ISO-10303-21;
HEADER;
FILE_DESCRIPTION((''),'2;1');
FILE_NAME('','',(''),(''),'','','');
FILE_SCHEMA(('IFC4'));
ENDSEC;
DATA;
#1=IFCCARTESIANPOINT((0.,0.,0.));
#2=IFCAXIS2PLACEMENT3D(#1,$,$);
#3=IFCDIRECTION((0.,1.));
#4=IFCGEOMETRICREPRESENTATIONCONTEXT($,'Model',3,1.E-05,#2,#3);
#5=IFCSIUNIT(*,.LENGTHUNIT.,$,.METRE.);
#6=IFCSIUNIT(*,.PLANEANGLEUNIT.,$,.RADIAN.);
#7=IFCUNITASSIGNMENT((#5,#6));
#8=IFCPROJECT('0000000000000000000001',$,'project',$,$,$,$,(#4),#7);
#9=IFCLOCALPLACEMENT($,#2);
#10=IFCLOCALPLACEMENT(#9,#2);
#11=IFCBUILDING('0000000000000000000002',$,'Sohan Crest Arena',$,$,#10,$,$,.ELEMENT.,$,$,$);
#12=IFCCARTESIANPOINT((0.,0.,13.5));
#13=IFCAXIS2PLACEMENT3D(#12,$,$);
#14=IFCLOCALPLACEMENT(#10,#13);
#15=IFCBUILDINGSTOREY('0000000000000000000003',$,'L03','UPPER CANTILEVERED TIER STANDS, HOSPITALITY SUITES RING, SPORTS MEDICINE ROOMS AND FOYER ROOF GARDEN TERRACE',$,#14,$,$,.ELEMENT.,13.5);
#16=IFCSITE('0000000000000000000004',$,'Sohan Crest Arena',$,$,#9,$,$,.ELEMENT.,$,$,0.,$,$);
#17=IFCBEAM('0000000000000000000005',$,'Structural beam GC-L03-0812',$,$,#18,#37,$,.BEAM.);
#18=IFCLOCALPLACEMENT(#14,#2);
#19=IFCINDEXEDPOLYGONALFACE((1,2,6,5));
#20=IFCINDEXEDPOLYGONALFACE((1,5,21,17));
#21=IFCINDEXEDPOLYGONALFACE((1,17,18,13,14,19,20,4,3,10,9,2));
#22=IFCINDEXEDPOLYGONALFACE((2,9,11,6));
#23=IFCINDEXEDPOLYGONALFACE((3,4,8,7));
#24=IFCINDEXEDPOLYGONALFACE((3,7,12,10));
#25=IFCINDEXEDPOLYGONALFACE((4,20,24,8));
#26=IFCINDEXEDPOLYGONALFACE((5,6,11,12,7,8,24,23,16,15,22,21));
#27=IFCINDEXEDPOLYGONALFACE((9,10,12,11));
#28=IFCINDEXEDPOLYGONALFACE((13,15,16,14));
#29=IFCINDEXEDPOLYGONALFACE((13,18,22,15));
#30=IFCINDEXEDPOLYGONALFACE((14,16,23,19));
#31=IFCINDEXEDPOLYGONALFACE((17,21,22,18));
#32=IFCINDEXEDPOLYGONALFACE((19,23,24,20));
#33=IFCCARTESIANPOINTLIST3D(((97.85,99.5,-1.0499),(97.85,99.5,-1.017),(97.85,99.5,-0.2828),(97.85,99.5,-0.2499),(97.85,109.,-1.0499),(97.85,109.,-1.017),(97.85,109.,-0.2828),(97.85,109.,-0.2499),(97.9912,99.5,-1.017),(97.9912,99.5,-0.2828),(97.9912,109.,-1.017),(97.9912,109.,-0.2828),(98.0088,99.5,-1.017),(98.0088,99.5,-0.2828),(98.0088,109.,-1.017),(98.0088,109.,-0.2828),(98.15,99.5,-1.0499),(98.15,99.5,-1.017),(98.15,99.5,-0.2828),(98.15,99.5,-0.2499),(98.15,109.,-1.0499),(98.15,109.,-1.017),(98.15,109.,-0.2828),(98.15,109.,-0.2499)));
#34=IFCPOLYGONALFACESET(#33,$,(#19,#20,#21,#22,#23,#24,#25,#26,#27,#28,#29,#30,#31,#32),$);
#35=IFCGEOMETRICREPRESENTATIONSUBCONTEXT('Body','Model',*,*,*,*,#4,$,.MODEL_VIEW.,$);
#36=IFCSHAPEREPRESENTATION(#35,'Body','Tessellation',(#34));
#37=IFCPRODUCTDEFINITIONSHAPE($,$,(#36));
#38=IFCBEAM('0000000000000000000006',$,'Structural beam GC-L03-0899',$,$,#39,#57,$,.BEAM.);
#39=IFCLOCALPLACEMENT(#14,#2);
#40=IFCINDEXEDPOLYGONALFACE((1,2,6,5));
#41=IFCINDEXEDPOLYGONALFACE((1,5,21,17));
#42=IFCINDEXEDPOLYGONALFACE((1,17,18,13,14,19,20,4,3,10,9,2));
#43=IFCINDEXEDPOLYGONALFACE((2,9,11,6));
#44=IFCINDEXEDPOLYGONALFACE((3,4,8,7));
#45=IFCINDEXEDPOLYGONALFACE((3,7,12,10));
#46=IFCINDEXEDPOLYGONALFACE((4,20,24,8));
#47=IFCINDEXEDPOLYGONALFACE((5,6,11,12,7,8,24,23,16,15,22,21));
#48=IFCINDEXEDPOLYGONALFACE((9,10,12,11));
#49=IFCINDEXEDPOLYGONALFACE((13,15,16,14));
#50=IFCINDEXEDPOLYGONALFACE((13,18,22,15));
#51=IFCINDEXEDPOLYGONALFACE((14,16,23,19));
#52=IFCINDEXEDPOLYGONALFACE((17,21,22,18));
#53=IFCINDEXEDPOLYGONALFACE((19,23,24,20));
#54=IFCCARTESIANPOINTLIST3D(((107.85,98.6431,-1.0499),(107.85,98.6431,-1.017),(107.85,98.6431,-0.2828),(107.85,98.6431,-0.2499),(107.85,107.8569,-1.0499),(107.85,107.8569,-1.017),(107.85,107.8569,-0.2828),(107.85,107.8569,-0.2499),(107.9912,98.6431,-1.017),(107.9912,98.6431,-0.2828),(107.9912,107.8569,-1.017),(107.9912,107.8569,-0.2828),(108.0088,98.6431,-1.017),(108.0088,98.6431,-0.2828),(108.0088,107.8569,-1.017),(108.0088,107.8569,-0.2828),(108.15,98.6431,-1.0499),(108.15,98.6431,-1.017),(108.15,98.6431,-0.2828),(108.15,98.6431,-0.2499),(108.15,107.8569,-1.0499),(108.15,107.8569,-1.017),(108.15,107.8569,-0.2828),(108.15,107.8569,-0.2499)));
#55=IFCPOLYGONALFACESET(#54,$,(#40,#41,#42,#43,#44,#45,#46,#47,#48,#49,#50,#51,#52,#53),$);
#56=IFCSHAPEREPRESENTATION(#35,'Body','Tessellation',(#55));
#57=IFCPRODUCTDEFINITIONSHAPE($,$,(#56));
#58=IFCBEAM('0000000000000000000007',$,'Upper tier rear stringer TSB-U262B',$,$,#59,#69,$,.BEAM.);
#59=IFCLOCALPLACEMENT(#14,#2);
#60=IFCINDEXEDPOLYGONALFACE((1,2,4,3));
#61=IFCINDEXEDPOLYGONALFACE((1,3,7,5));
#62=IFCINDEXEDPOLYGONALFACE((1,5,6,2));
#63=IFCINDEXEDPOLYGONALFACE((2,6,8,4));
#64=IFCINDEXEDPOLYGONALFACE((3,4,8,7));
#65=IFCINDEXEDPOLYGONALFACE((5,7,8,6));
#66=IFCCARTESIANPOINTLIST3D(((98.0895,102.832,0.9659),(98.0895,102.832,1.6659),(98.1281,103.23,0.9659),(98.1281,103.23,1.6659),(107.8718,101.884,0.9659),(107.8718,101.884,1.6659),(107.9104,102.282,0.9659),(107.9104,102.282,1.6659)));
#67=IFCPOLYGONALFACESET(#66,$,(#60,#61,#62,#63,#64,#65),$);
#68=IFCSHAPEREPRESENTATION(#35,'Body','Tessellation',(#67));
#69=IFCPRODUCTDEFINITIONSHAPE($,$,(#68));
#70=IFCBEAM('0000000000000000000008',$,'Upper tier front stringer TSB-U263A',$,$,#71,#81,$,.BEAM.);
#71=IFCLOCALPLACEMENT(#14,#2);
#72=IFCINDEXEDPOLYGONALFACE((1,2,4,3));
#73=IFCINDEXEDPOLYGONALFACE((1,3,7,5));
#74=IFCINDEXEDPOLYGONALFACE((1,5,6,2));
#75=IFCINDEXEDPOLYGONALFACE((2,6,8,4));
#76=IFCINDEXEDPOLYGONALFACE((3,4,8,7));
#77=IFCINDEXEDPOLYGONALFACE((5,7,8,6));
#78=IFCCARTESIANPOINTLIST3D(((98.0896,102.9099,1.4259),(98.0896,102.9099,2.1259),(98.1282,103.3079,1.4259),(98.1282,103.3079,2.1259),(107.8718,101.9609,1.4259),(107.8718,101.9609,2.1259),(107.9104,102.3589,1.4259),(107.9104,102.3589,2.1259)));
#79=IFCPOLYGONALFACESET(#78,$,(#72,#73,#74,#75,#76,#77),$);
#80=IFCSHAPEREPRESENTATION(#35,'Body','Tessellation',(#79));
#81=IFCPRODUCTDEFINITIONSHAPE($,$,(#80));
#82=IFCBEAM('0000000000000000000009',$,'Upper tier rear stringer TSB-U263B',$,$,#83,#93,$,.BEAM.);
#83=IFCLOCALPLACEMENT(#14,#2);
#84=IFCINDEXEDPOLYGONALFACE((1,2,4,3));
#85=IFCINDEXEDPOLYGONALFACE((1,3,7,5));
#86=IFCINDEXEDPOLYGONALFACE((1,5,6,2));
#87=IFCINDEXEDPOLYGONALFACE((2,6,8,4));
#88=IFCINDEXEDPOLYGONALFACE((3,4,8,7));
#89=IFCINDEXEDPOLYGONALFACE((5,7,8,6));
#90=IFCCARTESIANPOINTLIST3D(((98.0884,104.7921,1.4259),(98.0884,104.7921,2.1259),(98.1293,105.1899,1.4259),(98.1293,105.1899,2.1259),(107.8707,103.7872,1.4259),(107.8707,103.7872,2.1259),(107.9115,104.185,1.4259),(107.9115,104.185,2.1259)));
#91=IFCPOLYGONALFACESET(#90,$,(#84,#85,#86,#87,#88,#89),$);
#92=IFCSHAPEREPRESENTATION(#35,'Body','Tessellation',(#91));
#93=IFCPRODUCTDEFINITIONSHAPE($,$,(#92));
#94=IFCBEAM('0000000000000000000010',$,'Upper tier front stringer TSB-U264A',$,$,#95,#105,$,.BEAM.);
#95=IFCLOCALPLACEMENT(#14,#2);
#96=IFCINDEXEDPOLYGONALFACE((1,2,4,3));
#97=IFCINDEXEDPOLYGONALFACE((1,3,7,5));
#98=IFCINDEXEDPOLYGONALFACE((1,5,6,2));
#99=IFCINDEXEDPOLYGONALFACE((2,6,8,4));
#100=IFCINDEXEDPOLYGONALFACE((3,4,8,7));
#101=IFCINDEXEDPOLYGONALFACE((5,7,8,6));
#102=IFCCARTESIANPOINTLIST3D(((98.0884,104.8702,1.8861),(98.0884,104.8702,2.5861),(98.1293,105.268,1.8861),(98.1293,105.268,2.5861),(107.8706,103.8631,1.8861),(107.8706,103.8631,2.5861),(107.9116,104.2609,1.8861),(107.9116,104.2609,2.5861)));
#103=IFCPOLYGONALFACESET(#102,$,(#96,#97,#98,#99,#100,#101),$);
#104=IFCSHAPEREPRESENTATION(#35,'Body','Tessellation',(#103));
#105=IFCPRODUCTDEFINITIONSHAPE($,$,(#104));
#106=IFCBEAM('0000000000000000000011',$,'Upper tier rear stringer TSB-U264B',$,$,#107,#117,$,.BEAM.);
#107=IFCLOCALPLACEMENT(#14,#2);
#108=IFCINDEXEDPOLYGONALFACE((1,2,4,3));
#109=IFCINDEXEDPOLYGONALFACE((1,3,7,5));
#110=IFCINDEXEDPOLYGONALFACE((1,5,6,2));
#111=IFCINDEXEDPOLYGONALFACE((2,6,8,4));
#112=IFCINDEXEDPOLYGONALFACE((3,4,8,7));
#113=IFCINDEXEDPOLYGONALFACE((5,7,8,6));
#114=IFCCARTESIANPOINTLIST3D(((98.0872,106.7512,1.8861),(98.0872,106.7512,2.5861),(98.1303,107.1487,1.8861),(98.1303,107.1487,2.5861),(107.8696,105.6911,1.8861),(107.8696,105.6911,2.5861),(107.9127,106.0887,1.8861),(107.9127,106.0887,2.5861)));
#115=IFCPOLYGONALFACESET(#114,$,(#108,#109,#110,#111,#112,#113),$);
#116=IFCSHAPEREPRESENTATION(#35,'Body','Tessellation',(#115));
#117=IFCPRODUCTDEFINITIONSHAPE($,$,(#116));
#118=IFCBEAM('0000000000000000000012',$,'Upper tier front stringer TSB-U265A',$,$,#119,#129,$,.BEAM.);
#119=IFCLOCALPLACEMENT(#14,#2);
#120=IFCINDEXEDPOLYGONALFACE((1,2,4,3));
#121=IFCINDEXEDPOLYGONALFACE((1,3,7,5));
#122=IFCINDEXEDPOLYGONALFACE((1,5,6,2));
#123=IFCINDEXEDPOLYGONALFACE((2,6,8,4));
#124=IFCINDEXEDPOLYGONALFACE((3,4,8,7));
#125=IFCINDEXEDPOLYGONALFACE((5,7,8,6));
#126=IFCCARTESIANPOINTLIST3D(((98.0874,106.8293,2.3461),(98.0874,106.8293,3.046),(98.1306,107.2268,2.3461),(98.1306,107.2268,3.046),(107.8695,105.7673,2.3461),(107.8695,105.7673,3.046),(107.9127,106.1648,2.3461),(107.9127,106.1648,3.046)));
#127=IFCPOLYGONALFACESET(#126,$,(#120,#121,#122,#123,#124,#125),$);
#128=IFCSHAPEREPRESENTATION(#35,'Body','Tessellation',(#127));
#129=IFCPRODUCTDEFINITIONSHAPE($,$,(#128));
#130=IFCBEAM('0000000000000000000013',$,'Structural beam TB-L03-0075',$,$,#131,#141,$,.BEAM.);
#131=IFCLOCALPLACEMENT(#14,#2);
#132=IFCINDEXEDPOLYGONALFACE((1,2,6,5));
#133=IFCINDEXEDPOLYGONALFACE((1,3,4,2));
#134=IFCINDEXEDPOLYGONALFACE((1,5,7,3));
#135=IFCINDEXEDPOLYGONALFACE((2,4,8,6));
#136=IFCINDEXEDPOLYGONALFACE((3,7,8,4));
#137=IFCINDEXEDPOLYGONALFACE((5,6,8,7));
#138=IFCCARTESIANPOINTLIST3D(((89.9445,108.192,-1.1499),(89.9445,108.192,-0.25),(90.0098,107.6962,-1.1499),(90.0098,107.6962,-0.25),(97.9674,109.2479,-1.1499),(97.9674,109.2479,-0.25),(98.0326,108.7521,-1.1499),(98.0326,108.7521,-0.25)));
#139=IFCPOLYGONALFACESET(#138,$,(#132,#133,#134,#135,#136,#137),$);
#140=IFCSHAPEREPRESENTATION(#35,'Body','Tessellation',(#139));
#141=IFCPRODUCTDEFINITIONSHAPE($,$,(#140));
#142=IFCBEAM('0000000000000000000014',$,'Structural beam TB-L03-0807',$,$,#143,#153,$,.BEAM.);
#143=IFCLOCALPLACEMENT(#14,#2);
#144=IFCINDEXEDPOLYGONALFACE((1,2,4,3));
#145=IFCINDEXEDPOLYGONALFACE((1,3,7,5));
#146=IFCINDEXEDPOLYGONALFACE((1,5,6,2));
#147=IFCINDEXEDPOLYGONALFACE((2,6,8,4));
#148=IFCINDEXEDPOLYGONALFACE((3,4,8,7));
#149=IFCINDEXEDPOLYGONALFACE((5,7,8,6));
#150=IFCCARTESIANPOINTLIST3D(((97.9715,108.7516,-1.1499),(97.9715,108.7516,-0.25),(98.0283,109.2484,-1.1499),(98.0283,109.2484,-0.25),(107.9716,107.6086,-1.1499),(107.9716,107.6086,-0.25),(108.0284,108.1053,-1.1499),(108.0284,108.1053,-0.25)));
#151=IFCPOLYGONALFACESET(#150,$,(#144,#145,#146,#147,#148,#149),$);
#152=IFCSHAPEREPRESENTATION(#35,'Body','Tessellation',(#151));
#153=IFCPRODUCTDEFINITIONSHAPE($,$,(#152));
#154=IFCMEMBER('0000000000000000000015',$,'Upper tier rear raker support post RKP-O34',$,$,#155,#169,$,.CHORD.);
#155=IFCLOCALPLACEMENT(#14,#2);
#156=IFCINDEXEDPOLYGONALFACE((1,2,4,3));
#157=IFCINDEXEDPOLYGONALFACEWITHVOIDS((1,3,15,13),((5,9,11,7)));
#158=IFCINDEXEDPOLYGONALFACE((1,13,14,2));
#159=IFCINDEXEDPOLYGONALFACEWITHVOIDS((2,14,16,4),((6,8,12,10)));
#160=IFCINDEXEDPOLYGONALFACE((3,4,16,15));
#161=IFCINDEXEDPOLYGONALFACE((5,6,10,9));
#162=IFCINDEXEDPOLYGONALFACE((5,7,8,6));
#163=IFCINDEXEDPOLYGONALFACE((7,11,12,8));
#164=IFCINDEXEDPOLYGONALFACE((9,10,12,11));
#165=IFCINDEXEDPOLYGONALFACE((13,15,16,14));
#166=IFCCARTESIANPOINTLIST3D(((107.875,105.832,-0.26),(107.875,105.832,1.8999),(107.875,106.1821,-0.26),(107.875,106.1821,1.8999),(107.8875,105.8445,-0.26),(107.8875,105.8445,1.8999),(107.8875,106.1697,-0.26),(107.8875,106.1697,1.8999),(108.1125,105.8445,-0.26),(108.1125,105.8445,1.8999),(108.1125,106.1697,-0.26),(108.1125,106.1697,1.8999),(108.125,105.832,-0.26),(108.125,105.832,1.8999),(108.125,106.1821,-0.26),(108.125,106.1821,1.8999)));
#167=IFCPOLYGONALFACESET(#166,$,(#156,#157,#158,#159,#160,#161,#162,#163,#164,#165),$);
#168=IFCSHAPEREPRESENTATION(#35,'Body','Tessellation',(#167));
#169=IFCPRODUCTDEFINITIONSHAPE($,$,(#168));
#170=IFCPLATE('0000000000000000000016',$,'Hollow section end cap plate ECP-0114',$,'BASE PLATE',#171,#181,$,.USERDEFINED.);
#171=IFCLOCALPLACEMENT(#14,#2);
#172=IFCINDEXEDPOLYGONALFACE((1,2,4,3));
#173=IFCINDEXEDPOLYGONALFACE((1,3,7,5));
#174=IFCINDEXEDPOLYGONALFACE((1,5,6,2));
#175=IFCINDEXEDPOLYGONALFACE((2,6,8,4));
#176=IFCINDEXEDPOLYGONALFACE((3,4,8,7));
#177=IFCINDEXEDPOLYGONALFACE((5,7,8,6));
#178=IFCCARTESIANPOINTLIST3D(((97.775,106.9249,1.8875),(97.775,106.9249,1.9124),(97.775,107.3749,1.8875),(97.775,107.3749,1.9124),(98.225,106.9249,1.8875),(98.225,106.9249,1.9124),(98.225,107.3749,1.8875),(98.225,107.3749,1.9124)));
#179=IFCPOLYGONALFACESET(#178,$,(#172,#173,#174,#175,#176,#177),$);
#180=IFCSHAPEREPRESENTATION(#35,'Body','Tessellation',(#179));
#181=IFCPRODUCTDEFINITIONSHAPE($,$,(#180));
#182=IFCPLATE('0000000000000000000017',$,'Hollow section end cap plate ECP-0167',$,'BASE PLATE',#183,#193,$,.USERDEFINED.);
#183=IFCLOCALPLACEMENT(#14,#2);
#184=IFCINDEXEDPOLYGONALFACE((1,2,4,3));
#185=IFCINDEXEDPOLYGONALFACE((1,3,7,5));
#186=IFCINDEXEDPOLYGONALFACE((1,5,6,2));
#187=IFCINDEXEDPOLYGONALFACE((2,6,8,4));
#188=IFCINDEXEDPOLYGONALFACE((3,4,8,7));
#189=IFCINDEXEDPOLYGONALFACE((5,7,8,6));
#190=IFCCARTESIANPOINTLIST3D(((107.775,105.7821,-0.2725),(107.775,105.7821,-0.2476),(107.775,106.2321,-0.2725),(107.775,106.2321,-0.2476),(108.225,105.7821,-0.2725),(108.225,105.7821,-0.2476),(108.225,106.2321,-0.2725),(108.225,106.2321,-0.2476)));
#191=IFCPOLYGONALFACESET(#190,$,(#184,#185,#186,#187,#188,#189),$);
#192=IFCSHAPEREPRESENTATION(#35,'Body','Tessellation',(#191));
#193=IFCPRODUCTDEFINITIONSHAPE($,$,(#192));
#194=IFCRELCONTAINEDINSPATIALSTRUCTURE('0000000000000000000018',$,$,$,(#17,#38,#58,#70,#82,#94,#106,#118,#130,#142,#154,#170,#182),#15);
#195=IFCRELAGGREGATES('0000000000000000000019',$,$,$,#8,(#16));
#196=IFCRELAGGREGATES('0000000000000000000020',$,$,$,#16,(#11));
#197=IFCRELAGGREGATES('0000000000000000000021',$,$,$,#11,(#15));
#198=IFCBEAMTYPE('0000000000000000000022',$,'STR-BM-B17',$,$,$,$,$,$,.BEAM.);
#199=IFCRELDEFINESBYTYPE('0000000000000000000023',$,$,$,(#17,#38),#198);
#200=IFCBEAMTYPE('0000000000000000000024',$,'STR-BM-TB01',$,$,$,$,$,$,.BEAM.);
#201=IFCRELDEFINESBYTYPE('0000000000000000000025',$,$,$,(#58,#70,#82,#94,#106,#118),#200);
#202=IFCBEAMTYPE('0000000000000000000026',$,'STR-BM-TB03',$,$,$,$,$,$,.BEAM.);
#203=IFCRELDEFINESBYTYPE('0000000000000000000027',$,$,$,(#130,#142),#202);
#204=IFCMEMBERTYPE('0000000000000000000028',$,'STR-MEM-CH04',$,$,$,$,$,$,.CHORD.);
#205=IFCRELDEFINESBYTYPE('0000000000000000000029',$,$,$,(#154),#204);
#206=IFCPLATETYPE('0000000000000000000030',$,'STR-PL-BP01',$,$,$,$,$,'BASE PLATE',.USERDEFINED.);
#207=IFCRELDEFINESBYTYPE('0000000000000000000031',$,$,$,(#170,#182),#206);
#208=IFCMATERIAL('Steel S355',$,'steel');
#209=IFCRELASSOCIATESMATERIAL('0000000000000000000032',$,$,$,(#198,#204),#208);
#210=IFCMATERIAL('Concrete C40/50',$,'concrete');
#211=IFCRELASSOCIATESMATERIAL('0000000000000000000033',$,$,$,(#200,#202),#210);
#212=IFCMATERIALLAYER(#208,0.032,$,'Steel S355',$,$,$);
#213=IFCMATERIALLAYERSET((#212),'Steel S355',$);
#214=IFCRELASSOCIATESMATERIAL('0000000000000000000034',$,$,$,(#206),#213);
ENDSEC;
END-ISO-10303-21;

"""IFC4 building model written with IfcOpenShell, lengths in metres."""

from ifc_helpers import new_model, si_unit, direction, frame, origin, origin_2d, place, context, subcontext, project, spatial, rectangle, hollow_rectangle, i_section, extrude, material, layer, layer_set, material_profile, profile_set, type_object, element, save


model = new_model("IFC4")

# Units and contexts
model_context = context("Model", 3, precision=1e-05, world=origin(), true_north=direction((0.0, 1.0)))
body_context = subcontext(model_context, "Body", "Model", "MODEL_VIEW")
ifc_project = project(units=[si_unit("LENGTHUNIT", "METRE"), si_unit("PLANEANGLEUNIT", "RADIAN")], contexts=[model_context])

# Site, building, storey
site_placement = place(None, origin())
site = spatial("IfcSite", under=ifc_project, at=site_placement, Name="Sohan Crest Arena", CompositionType="ELEMENT", RefElevation=0.0)
building_placement = place(site_placement, origin())
building = spatial("IfcBuilding", under=site, at=building_placement, Name="Sohan Crest Arena", CompositionType="ELEMENT")
storey_placement = place(building_placement, frame((0.0, 0.0, 13.5)))
storey = spatial("IfcBuildingStorey", under=building, at=storey_placement, Name="L03", Description="UPPER CANTILEVERED TIER STANDS, HOSPITALITY SUITES RING, SPORTS MEDICINE ROOMS AND FOYER ROOF GARDEN TERRACE", CompositionType="ELEMENT", Elevation=13.5)

# Shared definitions
ifc_material_1 = material(Name="Concrete C40/50", Category="concrete")
ifc_material_2 = material(Name="Steel S355", Category="steel")

# Beams
ifc_material_profile_1 = material_profile(ifc_material_2, i_section(OverallWidth=0.3, OverallDepth=0.8, WebThickness=0.0176, FlangeThickness=0.033, at=origin_2d()), Name="HEB 800")
ifc_profile_set_1 = profile_set([ifc_material_profile_1], Name="Steel S355")
beam_type_1 = type_object("IfcBeamType", Name="STR-BM-B17", PredefinedType="BEAM", material=ifc_profile_set_1)
beam_1_placement = place(storey_placement, frame((98.0, 109.0, -0.6499), z_axis=(0.0, -1.0, 0.0), x_axis=(1.0, 0.0, 0.0)))
element("IfcBeam", 1, at=beam_1_placement, inside=storey, type_object=beam_type_1, Name="Structural beam GC-L03-0812", PredefinedType="BEAM", context=body_context, shape_type="SweptSolid", body=[
    extrude(i_section(OverallWidth=0.3, OverallDepth=0.8, WebThickness=0.0176, FlangeThickness=0.033, at=origin_2d()), origin(), (0.0, 0.0, 1.0), 9.5),
])
beam_2_placement = place(storey_placement, frame((108.0, 107.8569, -0.6499), z_axis=(0.0, -1.0, 0.0), x_axis=(1.0, 0.0, 0.0)))
element("IfcBeam", 2, at=beam_2_placement, inside=storey, type_object=beam_type_1, Name="Structural beam GC-L03-0899", PredefinedType="BEAM", context=body_context, shape_type="SweptSolid", body=[
    extrude(i_section(OverallWidth=0.3, OverallDepth=0.8, WebThickness=0.0176, FlangeThickness=0.033, at=origin_2d()), origin(), (0.0, 0.0, 1.0), 9.2139),
])
ifc_material_profile_2 = material_profile(ifc_material_1, rectangle(XDim=0.3999, YDim=0.7, at=origin_2d()), Name="RC-BM 400x700")
ifc_profile_set_2 = profile_set([ifc_material_profile_2], Name="Concrete C40/50")
beam_type_2 = type_object("IfcBeamType", Name="STR-BM-TB01", PredefinedType="BEAM", material=ifc_profile_set_2)
for number, where, z_axis, x_axis, name in (
    (3, (107.8911, 102.083, 1.3159), (-0.995337, 0.096458, 0.0), (-0.096458, -0.995337, 0.0), "Upper tier rear stringer TSB-U262B"),
    (4, (107.8911, 102.1599, 1.7759), (-0.995327, 0.096557, 0.0), (-0.096557, -0.995327, 0.0), "Upper tier front stringer TSB-U263A"),
):
    element("IfcBeam", number, at=place(storey_placement, frame(where, z_axis=z_axis, x_axis=x_axis)), inside=storey, type_object=beam_type_2, Name=name, PredefinedType="BEAM", context=body_context, shape_type="SweptSolid", body=[
        extrude(rectangle(XDim=0.3999, YDim=0.7, at=origin_2d()), origin(), (0.0, 0.0, 1.0), 9.8281),
    ])
beam_3_placement = place(storey_placement, frame((107.8911, 103.9861, 1.7759), z_axis=(-0.994765, 0.102188, 0.0), x_axis=(-0.102188, -0.994765, 0.0)))
element("IfcBeam", 5, at=beam_3_placement, inside=storey, type_object=beam_type_2, Name="Upper tier rear stringer TSB-U263B", PredefinedType="BEAM", context=body_context, shape_type="SweptSolid", body=[
    extrude(rectangle(XDim=0.3999, YDim=0.7, at=origin_2d()), origin(), (0.0, 0.0, 1.0), 9.8337),
])
beam_4_placement = place(storey_placement, frame((107.8911, 104.062, 2.2361), z_axis=(-0.994742, 0.102409, 0.0), x_axis=(-0.102409, -0.994742, 0.0)))
element("IfcBeam", 6, at=beam_4_placement, inside=storey, type_object=beam_type_2, Name="Upper tier front stringer TSB-U264A", PredefinedType="BEAM", context=body_context, shape_type="SweptSolid", body=[
    extrude(rectangle(XDim=0.3999, YDim=0.7, at=origin_2d()), origin(), (0.0, 0.0, 1.0), 9.834),
])
for number, where, z_axis, x_axis, name in (
    (7, (107.8911, 105.8899, 2.2361), (-0.99418, 0.107735, 0.0), (-0.107735, -0.99418, 0.0), "Upper tier rear stringer TSB-U264B"),
    (8, (107.8911, 105.9661, 2.696), (-0.994158, 0.107931, 0.0), (-0.107931, -0.994158, 0.0), "Upper tier front stringer TSB-U265A"),
):
    element("IfcBeam", number, at=place(storey_placement, frame(where, z_axis=z_axis, x_axis=x_axis)), inside=storey, type_object=beam_type_2, Name=name, PredefinedType="BEAM", context=body_context, shape_type="SweptSolid", body=[
        extrude(rectangle(XDim=0.3999, YDim=0.7, at=origin_2d()), origin(), (0.0, 0.0, 1.0), 9.8396),
    ])
ifc_material_profile_3 = material_profile(ifc_material_1, rectangle(XDim=0.5, YDim=0.8999, at=origin_2d()), Name="RC-BM 500x900")
ifc_profile_set_3 = profile_set([ifc_material_profile_3], Name="Concrete C40/50")
beam_type_3 = type_object("IfcBeamType", Name="STR-BM-TB03", PredefinedType="BEAM", material=ifc_profile_set_3)
beam_5_placement = place(storey_placement, frame((98.0, 109.0, -0.7), z_axis=(-0.99145, -0.130486, 0.0), x_axis=(0.130486, -0.99145, 0.0)))
element("IfcBeam", 9, at=beam_5_placement, inside=storey, type_object=beam_type_3, Name="Structural beam TB-L03-0075", PredefinedType="BEAM", context=body_context, shape_type="SweptSolid", body=[
    extrude(rectangle(XDim=0.5, YDim=0.8999, at=origin_2d()), origin(), (0.0, 0.0, 1.0), 8.092),
])
beam_6_placement = place(storey_placement, frame((108.0, 107.8569, -0.7), z_axis=(-0.99353, 0.113567, 0.0), x_axis=(-0.113567, -0.99353, 0.0)))
element("IfcBeam", 10, at=beam_6_placement, inside=storey, type_object=beam_type_3, Name="Structural beam TB-L03-0807", PredefinedType="BEAM", context=body_context, shape_type="SweptSolid", body=[
    extrude(rectangle(XDim=0.5, YDim=0.8999, at=origin_2d()), origin(), (0.0, 0.0, 1.0), 10.0652),
])

# Member
ifc_material_profile_4 = material_profile(ifc_material_2, hollow_rectangle(XDim=0.25, YDim=0.3501, WallThickness=0.0125, at=origin_2d()), Name="RHS 350x250x12.5")
ifc_profile_set_4 = profile_set([ifc_material_profile_4], Name="Steel S355")
member_type = type_object("IfcMemberType", Name="STR-MEM-CH04", PredefinedType="CHORD", material=ifc_profile_set_4)
member_placement = place(storey_placement, frame((108.0, 106.0071, -0.26), z_axis=(0.0, 0.0, 1.0), x_axis=(1.0, 0.0, 0.0)))
element("IfcMember", 11, at=member_placement, inside=storey, type_object=member_type, Name="Upper tier rear raker support post RKP-O34", PredefinedType="CHORD", context=body_context, shape_type="SweptSolid", body=[
    extrude(hollow_rectangle(XDim=0.25, YDim=0.3501, WallThickness=0.0125, at=origin_2d()), origin(), (0.0, 0.0, 1.0), 2.1599),
])

# Plates
ifc_layer_1 = layer(ifc_material_2, 0.032, Name="Steel S355")
ifc_layer_set_1 = layer_set([ifc_layer_1], Name="Steel S355")
plate_type = type_object("IfcPlateType", Name="STR-PL-BP01", ElementType="BASE PLATE", PredefinedType="USERDEFINED", material=ifc_layer_set_1)
for number, where, z_axis, x_axis, name in (
    (12, (98.0, 107.1499, 1.8875), (0.0, 0.0, 1.0), (1.0, 0.0, 0.0), "Hollow section end cap plate ECP-0114"),
    (13, (108.0, 106.0071, -0.2725), (0.0, 0.0, 1.0), (1.0, 0.0, 0.0), "Hollow section end cap plate ECP-0167"),
):
    element("IfcPlate", number, at=place(storey_placement, frame(where, z_axis=z_axis, x_axis=x_axis)), inside=storey, type_object=plate_type, Name=name, ObjectType="BASE PLATE", PredefinedType="USERDEFINED", context=body_context, shape_type="SweptSolid", body=[
        extrude(rectangle(XDim=0.45, YDim=0.45, at=origin_2d()), origin(), (0.0, 0.0, 1.0), 0.0249),
    ])

save(model, "model.ifc")
